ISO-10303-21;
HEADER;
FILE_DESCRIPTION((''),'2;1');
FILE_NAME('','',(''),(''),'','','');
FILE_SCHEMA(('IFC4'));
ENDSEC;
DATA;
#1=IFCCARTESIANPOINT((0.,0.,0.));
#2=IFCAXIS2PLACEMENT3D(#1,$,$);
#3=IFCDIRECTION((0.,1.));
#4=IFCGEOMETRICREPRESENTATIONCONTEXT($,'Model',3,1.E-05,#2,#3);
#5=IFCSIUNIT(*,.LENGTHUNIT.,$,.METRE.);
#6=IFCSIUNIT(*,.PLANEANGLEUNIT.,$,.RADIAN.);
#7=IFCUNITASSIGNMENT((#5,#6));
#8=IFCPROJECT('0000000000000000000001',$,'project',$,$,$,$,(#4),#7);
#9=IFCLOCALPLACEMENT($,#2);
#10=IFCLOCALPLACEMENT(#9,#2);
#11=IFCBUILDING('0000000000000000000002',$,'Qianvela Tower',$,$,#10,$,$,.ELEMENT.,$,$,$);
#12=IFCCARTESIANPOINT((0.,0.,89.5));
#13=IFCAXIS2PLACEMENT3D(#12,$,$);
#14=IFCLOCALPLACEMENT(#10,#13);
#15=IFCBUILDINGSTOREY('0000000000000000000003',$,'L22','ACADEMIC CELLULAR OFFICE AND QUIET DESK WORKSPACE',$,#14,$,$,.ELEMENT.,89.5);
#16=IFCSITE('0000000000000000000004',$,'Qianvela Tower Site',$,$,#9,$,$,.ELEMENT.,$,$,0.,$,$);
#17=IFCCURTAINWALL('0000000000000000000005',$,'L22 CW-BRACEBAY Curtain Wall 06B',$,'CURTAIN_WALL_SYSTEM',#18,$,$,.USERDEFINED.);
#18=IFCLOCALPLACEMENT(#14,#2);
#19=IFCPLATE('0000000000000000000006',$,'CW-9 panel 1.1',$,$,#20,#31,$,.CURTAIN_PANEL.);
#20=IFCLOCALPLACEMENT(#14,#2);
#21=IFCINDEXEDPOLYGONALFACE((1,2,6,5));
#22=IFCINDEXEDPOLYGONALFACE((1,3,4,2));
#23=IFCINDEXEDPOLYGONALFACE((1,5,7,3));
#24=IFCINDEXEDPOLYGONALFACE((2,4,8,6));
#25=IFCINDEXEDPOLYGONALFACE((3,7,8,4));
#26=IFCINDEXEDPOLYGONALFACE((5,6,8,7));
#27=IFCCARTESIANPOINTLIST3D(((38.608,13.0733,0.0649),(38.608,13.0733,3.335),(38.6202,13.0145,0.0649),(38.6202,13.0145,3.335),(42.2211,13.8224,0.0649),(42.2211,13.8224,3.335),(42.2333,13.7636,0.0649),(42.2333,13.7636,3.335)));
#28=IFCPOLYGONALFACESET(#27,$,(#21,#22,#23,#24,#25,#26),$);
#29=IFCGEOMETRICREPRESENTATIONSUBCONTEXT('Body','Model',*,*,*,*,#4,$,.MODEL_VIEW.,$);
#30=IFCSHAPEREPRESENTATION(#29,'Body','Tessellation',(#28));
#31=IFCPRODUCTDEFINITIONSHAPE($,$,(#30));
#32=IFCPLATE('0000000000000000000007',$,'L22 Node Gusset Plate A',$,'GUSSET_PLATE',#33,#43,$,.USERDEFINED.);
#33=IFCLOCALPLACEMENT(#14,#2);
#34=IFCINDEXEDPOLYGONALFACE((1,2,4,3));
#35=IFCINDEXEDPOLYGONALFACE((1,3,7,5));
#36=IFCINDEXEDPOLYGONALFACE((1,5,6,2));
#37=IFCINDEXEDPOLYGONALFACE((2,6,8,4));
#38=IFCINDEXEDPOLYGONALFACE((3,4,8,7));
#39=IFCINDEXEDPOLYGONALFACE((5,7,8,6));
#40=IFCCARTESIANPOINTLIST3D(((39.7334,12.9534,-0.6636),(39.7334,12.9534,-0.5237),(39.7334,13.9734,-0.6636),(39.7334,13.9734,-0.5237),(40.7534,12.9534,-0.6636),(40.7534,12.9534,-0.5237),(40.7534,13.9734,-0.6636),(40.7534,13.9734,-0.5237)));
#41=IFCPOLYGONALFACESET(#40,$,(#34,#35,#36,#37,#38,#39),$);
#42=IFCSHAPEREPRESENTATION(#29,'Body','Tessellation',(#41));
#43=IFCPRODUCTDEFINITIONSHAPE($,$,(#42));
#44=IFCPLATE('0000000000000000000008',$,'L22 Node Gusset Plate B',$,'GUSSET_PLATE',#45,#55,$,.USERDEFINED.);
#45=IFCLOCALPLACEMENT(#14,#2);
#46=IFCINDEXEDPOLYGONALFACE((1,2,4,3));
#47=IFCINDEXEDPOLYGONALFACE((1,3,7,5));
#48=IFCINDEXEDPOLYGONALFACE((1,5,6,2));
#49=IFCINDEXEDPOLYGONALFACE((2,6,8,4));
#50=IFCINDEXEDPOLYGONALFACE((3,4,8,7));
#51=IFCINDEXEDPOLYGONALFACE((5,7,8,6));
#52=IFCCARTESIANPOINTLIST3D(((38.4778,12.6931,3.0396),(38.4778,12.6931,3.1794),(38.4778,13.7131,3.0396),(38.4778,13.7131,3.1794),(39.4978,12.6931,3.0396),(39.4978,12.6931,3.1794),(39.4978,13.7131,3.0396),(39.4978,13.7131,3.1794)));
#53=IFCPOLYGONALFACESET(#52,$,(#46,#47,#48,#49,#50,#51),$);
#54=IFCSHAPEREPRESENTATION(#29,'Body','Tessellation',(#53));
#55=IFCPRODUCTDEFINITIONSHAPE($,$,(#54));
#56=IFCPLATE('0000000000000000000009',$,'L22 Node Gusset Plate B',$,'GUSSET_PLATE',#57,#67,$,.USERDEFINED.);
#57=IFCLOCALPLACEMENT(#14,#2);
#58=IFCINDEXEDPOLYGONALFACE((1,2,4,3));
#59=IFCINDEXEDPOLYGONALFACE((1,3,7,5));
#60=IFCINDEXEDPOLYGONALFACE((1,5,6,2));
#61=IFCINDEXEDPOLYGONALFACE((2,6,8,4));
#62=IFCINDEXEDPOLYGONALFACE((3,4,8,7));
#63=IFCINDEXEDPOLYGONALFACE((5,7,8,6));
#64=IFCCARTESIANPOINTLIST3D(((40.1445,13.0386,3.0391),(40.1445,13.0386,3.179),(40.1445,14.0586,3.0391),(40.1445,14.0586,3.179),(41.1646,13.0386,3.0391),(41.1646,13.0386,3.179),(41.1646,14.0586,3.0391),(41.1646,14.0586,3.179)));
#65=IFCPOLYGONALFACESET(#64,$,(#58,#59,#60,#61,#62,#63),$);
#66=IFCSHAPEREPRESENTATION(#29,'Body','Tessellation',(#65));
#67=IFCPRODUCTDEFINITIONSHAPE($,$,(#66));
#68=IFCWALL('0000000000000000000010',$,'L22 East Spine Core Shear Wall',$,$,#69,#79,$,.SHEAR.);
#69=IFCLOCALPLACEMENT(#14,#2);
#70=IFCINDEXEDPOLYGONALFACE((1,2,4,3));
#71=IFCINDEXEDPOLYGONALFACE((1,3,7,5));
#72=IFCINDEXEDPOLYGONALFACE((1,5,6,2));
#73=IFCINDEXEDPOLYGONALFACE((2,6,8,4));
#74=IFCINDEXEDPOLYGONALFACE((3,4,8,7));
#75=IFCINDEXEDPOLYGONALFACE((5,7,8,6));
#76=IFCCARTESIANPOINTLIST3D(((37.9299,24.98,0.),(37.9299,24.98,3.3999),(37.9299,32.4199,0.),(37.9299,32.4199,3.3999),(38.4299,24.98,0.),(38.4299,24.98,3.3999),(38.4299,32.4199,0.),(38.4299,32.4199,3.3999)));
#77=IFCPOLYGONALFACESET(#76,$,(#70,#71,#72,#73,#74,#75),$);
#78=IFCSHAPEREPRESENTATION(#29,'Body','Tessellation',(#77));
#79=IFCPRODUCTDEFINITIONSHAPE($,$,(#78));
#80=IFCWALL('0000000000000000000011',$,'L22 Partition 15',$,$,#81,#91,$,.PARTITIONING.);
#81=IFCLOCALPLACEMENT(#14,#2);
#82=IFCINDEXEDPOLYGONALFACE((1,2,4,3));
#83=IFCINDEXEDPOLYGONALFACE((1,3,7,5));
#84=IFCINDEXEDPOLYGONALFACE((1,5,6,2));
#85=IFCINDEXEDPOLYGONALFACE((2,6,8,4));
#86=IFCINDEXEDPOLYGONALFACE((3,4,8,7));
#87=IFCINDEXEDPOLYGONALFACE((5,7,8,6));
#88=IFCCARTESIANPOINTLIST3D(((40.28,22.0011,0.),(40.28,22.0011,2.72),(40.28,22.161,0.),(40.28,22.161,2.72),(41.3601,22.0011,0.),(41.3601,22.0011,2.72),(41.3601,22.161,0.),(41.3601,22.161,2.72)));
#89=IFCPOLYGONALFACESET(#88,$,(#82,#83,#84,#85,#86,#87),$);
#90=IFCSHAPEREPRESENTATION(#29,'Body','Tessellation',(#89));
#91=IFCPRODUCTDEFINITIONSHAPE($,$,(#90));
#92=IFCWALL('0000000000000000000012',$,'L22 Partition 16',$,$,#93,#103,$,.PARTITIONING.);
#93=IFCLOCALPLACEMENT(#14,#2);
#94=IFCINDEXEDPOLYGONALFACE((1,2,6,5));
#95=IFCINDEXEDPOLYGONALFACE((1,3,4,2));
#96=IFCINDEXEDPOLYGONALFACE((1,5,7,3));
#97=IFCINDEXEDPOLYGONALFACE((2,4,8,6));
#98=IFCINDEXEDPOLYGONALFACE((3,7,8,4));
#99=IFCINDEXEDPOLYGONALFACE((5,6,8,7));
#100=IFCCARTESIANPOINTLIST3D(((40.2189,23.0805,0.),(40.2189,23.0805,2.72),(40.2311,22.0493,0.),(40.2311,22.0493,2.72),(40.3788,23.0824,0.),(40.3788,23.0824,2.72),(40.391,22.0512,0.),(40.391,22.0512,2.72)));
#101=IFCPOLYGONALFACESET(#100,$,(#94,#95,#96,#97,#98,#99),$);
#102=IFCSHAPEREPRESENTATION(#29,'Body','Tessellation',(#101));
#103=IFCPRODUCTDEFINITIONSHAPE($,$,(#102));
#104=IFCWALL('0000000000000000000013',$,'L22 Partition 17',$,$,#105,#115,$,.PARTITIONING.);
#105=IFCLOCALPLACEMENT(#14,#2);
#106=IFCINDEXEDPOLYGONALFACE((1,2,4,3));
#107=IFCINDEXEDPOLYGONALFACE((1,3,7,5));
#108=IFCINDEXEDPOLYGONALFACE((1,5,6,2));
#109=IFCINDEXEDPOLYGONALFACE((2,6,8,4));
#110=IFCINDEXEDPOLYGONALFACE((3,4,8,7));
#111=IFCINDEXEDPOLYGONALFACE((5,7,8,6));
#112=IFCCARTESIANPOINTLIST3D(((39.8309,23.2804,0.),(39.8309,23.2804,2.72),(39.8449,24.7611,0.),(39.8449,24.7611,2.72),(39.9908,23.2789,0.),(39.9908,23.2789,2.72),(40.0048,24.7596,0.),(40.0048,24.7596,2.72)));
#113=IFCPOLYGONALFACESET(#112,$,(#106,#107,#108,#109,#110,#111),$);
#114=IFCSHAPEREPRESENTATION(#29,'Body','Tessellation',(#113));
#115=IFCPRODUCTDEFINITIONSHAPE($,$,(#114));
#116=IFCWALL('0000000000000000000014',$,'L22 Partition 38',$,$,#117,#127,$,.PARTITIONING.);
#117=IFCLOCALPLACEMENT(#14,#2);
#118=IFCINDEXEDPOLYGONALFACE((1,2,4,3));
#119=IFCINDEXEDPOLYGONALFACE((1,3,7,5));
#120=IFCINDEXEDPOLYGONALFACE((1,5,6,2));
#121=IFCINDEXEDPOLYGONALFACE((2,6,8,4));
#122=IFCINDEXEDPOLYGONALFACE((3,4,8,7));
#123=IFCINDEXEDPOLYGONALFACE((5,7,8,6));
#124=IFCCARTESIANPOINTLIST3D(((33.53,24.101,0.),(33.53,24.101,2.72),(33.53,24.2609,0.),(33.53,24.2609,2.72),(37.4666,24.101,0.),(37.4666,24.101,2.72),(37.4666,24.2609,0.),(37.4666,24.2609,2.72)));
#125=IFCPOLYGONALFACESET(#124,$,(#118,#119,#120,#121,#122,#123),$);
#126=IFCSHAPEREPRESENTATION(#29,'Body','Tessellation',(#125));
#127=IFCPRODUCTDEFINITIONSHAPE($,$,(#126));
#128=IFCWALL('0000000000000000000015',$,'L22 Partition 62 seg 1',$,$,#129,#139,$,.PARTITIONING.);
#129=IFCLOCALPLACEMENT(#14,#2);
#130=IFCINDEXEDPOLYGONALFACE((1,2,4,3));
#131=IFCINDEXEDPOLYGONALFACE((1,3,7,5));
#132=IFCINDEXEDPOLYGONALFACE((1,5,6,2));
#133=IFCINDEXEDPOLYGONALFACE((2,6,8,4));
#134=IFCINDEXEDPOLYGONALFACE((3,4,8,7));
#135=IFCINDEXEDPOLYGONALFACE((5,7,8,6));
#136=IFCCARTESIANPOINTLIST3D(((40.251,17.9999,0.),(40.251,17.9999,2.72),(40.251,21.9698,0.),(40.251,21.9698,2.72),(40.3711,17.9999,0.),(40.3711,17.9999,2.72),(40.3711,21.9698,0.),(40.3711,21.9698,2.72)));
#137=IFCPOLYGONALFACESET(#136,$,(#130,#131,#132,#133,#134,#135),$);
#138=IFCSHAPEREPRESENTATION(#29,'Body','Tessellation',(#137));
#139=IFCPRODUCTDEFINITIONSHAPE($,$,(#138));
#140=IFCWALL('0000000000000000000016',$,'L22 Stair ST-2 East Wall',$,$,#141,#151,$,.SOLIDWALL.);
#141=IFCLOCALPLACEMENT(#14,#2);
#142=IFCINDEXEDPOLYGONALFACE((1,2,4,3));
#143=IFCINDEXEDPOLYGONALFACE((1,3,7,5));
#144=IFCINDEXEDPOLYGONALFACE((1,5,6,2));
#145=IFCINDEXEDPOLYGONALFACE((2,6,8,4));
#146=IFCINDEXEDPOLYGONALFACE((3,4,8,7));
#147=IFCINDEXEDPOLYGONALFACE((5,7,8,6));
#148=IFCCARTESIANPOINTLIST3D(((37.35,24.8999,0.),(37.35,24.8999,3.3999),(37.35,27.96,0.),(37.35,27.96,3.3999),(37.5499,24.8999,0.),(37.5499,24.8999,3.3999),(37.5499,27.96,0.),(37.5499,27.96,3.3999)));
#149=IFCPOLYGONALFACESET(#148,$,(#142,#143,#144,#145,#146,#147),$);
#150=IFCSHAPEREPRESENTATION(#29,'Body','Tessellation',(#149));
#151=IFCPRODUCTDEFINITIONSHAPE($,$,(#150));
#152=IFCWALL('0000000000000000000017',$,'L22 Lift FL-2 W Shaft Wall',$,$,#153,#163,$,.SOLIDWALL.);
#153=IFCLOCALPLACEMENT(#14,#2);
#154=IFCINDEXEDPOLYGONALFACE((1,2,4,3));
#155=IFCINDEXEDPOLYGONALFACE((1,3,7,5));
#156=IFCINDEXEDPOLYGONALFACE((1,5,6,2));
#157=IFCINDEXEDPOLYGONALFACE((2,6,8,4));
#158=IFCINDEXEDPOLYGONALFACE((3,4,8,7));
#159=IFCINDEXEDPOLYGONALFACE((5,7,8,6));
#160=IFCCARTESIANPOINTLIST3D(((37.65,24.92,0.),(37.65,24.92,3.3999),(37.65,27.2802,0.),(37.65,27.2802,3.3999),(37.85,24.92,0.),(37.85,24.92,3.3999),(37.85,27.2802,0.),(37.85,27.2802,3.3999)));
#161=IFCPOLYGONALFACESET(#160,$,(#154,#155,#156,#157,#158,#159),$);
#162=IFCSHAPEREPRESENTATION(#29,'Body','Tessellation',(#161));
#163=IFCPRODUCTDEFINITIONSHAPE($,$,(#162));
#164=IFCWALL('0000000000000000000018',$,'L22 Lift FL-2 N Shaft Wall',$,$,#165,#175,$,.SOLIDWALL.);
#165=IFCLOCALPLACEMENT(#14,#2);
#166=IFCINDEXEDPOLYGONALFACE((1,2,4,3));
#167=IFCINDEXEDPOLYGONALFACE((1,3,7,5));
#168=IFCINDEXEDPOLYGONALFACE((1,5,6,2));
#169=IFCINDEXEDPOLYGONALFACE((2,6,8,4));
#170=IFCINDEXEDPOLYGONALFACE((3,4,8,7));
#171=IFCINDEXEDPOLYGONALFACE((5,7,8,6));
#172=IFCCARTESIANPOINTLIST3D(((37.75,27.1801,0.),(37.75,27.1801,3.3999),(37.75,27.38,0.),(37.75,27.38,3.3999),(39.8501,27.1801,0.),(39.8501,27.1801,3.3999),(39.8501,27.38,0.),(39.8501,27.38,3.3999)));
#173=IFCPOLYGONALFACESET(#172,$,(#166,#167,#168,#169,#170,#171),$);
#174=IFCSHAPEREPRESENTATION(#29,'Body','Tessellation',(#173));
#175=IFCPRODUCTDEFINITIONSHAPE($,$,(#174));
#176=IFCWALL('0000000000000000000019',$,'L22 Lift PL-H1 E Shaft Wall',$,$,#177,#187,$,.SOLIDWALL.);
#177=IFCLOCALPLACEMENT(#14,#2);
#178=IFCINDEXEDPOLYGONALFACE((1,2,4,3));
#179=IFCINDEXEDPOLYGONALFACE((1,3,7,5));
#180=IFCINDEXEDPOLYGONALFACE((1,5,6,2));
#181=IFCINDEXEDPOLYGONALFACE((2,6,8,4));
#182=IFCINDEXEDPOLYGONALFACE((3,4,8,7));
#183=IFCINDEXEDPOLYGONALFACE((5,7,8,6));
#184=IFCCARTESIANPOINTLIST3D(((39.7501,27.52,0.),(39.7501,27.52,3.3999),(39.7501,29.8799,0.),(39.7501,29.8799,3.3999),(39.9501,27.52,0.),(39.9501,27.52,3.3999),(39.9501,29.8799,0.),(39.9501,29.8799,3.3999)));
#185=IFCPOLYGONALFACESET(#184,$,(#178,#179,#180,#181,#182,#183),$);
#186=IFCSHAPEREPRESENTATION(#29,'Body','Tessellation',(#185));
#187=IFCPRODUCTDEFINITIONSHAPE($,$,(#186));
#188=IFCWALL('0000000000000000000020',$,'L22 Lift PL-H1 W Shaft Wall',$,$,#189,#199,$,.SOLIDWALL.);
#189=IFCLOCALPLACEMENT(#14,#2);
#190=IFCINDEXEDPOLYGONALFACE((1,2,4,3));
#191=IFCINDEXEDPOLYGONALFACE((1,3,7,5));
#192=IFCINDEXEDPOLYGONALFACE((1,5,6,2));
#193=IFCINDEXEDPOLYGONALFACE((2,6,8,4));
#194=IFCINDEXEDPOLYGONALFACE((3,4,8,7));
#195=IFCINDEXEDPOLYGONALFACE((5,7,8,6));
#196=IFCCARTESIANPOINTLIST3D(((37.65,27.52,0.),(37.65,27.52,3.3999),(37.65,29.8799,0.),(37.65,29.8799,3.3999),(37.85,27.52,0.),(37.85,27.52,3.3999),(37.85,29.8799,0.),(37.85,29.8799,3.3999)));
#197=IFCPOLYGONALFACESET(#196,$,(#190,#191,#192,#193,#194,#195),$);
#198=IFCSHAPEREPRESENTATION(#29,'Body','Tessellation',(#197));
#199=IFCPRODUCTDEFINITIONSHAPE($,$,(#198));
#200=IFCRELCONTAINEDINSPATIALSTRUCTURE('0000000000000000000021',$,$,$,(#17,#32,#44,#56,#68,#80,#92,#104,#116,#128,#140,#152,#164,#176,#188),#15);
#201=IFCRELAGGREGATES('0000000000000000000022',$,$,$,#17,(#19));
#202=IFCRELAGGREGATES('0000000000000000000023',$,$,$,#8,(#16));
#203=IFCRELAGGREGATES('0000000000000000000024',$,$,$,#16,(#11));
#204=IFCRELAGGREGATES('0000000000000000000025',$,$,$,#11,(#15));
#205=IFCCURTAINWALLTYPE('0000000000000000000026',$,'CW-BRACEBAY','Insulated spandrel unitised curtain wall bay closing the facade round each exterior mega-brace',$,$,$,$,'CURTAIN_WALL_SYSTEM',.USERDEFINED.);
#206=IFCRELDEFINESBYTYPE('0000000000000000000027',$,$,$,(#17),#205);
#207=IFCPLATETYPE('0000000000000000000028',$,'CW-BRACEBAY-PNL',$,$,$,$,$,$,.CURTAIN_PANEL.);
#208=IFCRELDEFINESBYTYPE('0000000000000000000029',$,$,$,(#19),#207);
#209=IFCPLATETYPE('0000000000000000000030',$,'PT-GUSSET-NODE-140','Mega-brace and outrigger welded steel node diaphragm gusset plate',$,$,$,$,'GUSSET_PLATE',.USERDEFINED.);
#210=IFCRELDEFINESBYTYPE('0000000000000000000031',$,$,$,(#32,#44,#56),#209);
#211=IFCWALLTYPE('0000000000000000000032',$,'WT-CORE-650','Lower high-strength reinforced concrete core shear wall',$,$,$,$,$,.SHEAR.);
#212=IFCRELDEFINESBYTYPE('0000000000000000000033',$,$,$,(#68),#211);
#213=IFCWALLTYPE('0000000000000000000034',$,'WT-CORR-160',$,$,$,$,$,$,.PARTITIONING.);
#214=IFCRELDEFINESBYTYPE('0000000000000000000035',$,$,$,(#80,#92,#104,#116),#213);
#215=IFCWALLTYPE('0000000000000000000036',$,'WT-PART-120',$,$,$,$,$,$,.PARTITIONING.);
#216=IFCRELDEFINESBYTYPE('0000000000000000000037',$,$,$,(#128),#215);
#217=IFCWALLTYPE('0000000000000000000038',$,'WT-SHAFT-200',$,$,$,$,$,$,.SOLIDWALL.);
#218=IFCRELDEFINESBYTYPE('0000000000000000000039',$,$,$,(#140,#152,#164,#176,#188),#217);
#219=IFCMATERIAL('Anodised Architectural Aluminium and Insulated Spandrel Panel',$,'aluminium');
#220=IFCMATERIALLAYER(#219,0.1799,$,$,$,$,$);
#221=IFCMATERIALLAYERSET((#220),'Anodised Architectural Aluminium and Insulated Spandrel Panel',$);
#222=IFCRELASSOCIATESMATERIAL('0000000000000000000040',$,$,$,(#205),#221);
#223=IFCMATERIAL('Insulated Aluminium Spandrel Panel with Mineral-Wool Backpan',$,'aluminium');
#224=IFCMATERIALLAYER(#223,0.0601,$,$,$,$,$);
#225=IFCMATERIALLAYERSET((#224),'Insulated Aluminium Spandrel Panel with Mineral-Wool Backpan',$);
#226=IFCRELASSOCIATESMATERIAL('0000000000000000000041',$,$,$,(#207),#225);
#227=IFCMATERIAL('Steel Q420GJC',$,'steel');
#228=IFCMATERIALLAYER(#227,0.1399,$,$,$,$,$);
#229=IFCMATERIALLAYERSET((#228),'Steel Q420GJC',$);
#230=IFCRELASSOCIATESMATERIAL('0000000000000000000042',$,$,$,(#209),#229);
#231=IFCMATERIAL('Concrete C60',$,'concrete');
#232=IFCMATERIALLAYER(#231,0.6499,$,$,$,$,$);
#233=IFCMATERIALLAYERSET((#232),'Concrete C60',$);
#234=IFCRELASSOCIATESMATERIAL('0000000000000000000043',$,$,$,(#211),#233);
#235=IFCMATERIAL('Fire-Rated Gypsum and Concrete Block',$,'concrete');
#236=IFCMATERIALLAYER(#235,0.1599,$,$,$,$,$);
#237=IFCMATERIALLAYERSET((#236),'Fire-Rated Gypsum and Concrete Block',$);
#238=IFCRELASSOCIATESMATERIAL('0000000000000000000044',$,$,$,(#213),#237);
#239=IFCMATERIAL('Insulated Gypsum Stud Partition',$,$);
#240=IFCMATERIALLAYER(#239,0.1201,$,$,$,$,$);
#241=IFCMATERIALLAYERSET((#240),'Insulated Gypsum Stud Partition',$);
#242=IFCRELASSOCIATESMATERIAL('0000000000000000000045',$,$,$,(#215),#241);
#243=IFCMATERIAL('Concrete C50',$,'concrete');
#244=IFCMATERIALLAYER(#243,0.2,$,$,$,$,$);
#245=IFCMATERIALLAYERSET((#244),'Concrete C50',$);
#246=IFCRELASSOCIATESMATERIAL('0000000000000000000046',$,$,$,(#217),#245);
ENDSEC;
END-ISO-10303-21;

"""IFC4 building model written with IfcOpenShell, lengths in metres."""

from ifc_helpers import new_model, si_unit, direction, frame, frame_2d, origin, origin_2d, place, context, subcontext, project, spatial, rectangle, extrude, material, layer, layer_set, type_object, element, aggregate, save


model = new_model("IFC4")

# Units and contexts
model_context = context("Model", 3, precision=1e-05, world=origin(), true_north=direction((0.0, 1.0)))
body_context = subcontext(model_context, "Body", "Model", "MODEL_VIEW")
ifc_project = project(units=[si_unit("LENGTHUNIT", "METRE"), si_unit("PLANEANGLEUNIT", "RADIAN")], contexts=[model_context])

# Site, building, storey
site_placement = place(None, origin())
site = spatial("IfcSite", under=ifc_project, at=site_placement, Name="Qianvela Tower Site", CompositionType="ELEMENT", RefElevation=0.0)
building_placement = place(site_placement, origin())
building = spatial("IfcBuilding", under=site, at=building_placement, Name="Qianvela Tower", CompositionType="ELEMENT")
storey_placement = place(building_placement, frame((0.0, 0.0, 89.5)))
storey = spatial("IfcBuildingStorey", under=building, at=storey_placement, Name="L22", Description="ACADEMIC CELLULAR OFFICE AND QUIET DESK WORKSPACE", CompositionType="ELEMENT", Elevation=89.5)

# Curtain wall
ifc_material_1 = material(Name="Anodised Architectural Aluminium and Insulated Spandrel Panel", Category="aluminium")
ifc_layer_1 = layer(ifc_material_1, 0.1799)
ifc_layer_set_1 = layer_set([ifc_layer_1], Name="Anodised Architectural Aluminium and Insulated Spandrel Panel")
curtain_wall_type_1 = type_object("IfcCurtainWallType", Name="CW-BRACEBAY", Description="Insulated spandrel unitised curtain wall bay closing the facade round each exterior mega-brace", ElementType="CURTAIN_WALL_SYSTEM", PredefinedType="USERDEFINED", material=ifc_layer_set_1)
curtain_wall_1_placement = place(storey_placement, origin())
curtain_wall_1 = element("IfcCurtainWall", 1, at=curtain_wall_1_placement, inside=storey, type_object=curtain_wall_type_1, Name="L22 CW-BRACEBAY Curtain Wall 06B", ObjectType="CURTAIN_WALL_SYSTEM", PredefinedType="USERDEFINED")

# Plate
ifc_material_2 = material(Name="Insulated Aluminium Spandrel Panel with Mineral-Wool Backpan", Category="aluminium")
ifc_layer_2 = layer(ifc_material_2, 0.0601)
ifc_layer_set_2 = layer_set([ifc_layer_2], Name="Insulated Aluminium Spandrel Panel with Mineral-Wool Backpan")
plate_type_1 = type_object("IfcPlateType", Name="CW-BRACEBAY-PNL", PredefinedType="CURTAIN_PANEL", material=ifc_layer_set_2)
plate_placement = place(storey_placement, frame((40.4207, 13.4185, 0.0649), z_axis=(0.0, 0.0, 1.0), x_axis=(0.979177, 0.203008, 0.0)))
plate = element("IfcPlate", 2, at=plate_placement, type_object=plate_type_1, Name="CW-9 panel 1.1", PredefinedType="CURTAIN_PANEL", context=body_context, shape_type="SweptSolid", body=[
    extrude(rectangle(XDim=3.6899, YDim=0.0601, at=origin_2d()), origin(), (0.0, 0.0, 1.0), 3.27),
])
aggregate(curtain_wall_1, [plate])

# Plates
ifc_material_3 = material(Name="Steel Q420GJC", Category="steel")
ifc_layer_3 = layer(ifc_material_3, 0.1399)
ifc_layer_set_3 = layer_set([ifc_layer_3], Name="Steel Q420GJC")
plate_type_2 = type_object("IfcPlateType", Name="PT-GUSSET-NODE-140", Description="Mega-brace and outrigger welded steel node diaphragm gusset plate", ElementType="GUSSET_PLATE", PredefinedType="USERDEFINED", material=ifc_layer_set_3)
for number, where, z_axis, x_axis, name in (
    (3, (40.2434, 13.4634, -0.6636), (0.0, 0.0, 1.0), (1.0, 0.0, 0.0), "L22 Node Gusset Plate A"),
    (4, (38.9878, 13.2031, 3.0396), (0.0, 0.0, 1.0), (1.0, 0.0, 0.0), "L22 Node Gusset Plate B"),
    (5, (40.6545, 13.5486, 3.0391), (0.0, 0.0, 1.0), (1.0, 0.0, 0.0), "L22 Node Gusset Plate B"),
):
    element("IfcPlate", number, at=place(storey_placement, frame(where, z_axis=z_axis, x_axis=x_axis)), inside=storey, type_object=plate_type_2, Name=name, ObjectType="GUSSET_PLATE", PredefinedType="USERDEFINED", context=body_context, shape_type="SweptSolid", body=[
        extrude(rectangle(XDim=1.02, YDim=1.02, at=origin_2d()), origin(), (0.0, 0.0, 1.0), 0.1399),
    ])

# Walls
ifc_material_4 = material(Name="Concrete C60", Category="concrete")
ifc_layer_4 = layer(ifc_material_4, 0.6499)
ifc_layer_set_4 = layer_set([ifc_layer_4], Name="Concrete C60")
wall_type_1 = type_object("IfcWallType", Name="WT-CORE-650", Description="Lower high-strength reinforced concrete core shear wall", PredefinedType="SHEAR", material=ifc_layer_set_4)
wall_1_placement = place(storey_placement, frame((38.1799, 24.98, 0.0), z_axis=(0.0, 0.0, 1.0), x_axis=(0.0, 1.0, 0.0)))
element("IfcWall", 6, at=wall_1_placement, inside=storey, type_object=wall_type_1, Name="L22 East Spine Core Shear Wall", PredefinedType="SHEAR", context=body_context, shape_type="SweptSolid", body=[
    extrude(rectangle(XDim=7.4399, YDim=0.5, at=frame_2d((3.72, 0.0))), origin(), (0.0, 0.0, 1.0), 3.3999),
])
ifc_material_5 = material(Name="Fire-Rated Gypsum and Concrete Block", Category="concrete")
ifc_layer_5 = layer(ifc_material_5, 0.1599)
ifc_layer_set_5 = layer_set([ifc_layer_5], Name="Fire-Rated Gypsum and Concrete Block")
wall_type_2 = type_object("IfcWallType", Name="WT-CORR-160", PredefinedType="PARTITIONING", material=ifc_layer_set_5)
wall_2_placement = place(storey_placement, frame((41.3601, 22.0811, 0.0), z_axis=(0.0, 0.0, 1.0), x_axis=(-1.0, 0.0, 0.0)))
element("IfcWall", 7, at=wall_2_placement, inside=storey, type_object=wall_type_2, Name="L22 Partition 15", PredefinedType="PARTITIONING", context=body_context, shape_type="SweptSolid", body=[
    extrude(rectangle(XDim=1.0801, YDim=0.1599, at=frame_2d((0.54, 0.0))), origin(), (0.0, 0.0, 1.0), 2.72),
])
wall_3_placement = place(storey_placement, frame((40.311, 22.0503, 0.0), z_axis=(0.0, 0.0, 1.0), x_axis=(-0.011836, 0.99993, 0.0)))
element("IfcWall", 8, at=wall_3_placement, inside=storey, type_object=wall_type_2, Name="L22 Partition 16", PredefinedType="PARTITIONING", context=body_context, shape_type="SweptSolid", body=[
    extrude(rectangle(XDim=1.0312, YDim=0.1599, at=frame_2d((0.5156, 0.0))), origin(), (0.0, 0.0, 1.0), 2.72),
])
wall_4_placement = place(storey_placement, frame((39.9109, 23.2798, 0.0), z_axis=(0.0, 0.0, 1.0), x_axis=(0.009398, 0.999956, 0.0)))
element("IfcWall", 9, at=wall_4_placement, inside=storey, type_object=wall_type_2, Name="L22 Partition 17", PredefinedType="PARTITIONING", context=body_context, shape_type="SweptSolid", body=[
    extrude(rectangle(XDim=1.4807, YDim=0.1599, at=frame_2d((0.7402, 0.0))), origin(), (0.0, 0.0, 1.0), 2.72),
])
wall_5_placement = place(storey_placement, frame((37.4666, 24.1809, 0.0), z_axis=(0.0, 0.0, 1.0), x_axis=(-1.0, 0.0, 0.0)))
element("IfcWall", 10, at=wall_5_placement, inside=storey, type_object=wall_type_2, Name="L22 Partition 38", PredefinedType="PARTITIONING", context=body_context, shape_type="SweptSolid", body=[
    extrude(rectangle(XDim=3.9365, YDim=0.1599, at=frame_2d((1.9683, 0.0))), origin(), (0.0, 0.0, 1.0), 2.72),
])
ifc_material_6 = material(Name="Insulated Gypsum Stud Partition")
ifc_layer_6 = layer(ifc_material_6, 0.1201)
ifc_layer_set_6 = layer_set([ifc_layer_6], Name="Insulated Gypsum Stud Partition")
wall_type_3 = type_object("IfcWallType", Name="WT-PART-120", PredefinedType="PARTITIONING", material=ifc_layer_set_6)
wall_6_placement = place(storey_placement, frame((40.311, 18.0, 0.0), z_axis=(0.0, 0.0, 1.0), x_axis=(0.0, 1.0, 0.0)))
element("IfcWall", 11, at=wall_6_placement, inside=storey, type_object=wall_type_3, Name="L22 Partition 62 seg 1", PredefinedType="PARTITIONING", context=body_context, shape_type="SweptSolid", body=[
    extrude(rectangle(XDim=3.97, YDim=0.1201, at=frame_2d((1.9849, 0.0))), origin(), (0.0, 0.0, 1.0), 2.72),
])
ifc_material_7 = material(Name="Concrete C50", Category="concrete")
ifc_layer_7 = layer(ifc_material_7, 0.2)
ifc_layer_set_7 = layer_set([ifc_layer_7], Name="Concrete C50")
wall_type_4 = type_object("IfcWallType", Name="WT-SHAFT-200", PredefinedType="SOLIDWALL", material=ifc_layer_set_7)
wall_7_placement = place(storey_placement, frame((37.45, 24.8999, 0.0), z_axis=(0.0, 0.0, 1.0), x_axis=(0.0, 1.0, 0.0)))
element("IfcWall", 12, at=wall_7_placement, inside=storey, type_object=wall_type_4, Name="L22 Stair ST-2 East Wall", PredefinedType="SOLIDWALL", context=body_context, shape_type="SweptSolid", body=[
    extrude(rectangle(XDim=3.0601, YDim=0.2, at=frame_2d((1.53, 0.0))), origin(), (0.0, 0.0, 1.0), 3.3999),
])

# Walls
wall_8_placement = place(storey_placement, frame((37.75, 24.9199, 0.0), z_axis=(0.0, 0.0, 1.0), x_axis=(0.0, 1.0, 0.0)))
element("IfcWall", 13, at=wall_8_placement, inside=storey, type_object=wall_type_4, Name="L22 Lift FL-2 W Shaft Wall", PredefinedType="SOLIDWALL", context=body_context, shape_type="SweptSolid", body=[
    extrude(rectangle(XDim=2.3601, YDim=0.2, at=frame_2d((1.1802, 0.0))), origin(), (0.0, 0.0, 1.0), 3.3999),
])
wall_9_placement = place(storey_placement, frame((37.75, 27.28, 0.0), z_axis=(0.0, 0.0, 1.0), x_axis=(1.0, 0.0, 0.0)))
element("IfcWall", 14, at=wall_9_placement, inside=storey, type_object=wall_type_4, Name="L22 Lift FL-2 N Shaft Wall", PredefinedType="SOLIDWALL", context=body_context, shape_type="SweptSolid", body=[
    extrude(rectangle(XDim=2.1001, YDim=0.2, at=frame_2d((1.05, 0.0))), origin(), (0.0, 0.0, 1.0), 3.3999),
])
for number, where, z_axis, x_axis, name in (
    (15, (39.8501, 27.52, 0.0), (0.0, 0.0, 1.0), (0.0, 1.0, 0.0), "L22 Lift PL-H1 E Shaft Wall"),
    (16, (37.75, 27.52, 0.0), (0.0, 0.0, 1.0), (0.0, 1.0, 0.0), "L22 Lift PL-H1 W Shaft Wall"),
):
    element("IfcWall", number, at=place(storey_placement, frame(where, z_axis=z_axis, x_axis=x_axis)), inside=storey, type_object=wall_type_4, Name=name, PredefinedType="SOLIDWALL", context=body_context, shape_type="SweptSolid", body=[
        extrude(rectangle(XDim=2.3599, YDim=0.2, at=frame_2d((1.1799, 0.0))), origin(), (0.0, 0.0, 1.0), 3.3999),
    ])

save(model, "model.ifc")
